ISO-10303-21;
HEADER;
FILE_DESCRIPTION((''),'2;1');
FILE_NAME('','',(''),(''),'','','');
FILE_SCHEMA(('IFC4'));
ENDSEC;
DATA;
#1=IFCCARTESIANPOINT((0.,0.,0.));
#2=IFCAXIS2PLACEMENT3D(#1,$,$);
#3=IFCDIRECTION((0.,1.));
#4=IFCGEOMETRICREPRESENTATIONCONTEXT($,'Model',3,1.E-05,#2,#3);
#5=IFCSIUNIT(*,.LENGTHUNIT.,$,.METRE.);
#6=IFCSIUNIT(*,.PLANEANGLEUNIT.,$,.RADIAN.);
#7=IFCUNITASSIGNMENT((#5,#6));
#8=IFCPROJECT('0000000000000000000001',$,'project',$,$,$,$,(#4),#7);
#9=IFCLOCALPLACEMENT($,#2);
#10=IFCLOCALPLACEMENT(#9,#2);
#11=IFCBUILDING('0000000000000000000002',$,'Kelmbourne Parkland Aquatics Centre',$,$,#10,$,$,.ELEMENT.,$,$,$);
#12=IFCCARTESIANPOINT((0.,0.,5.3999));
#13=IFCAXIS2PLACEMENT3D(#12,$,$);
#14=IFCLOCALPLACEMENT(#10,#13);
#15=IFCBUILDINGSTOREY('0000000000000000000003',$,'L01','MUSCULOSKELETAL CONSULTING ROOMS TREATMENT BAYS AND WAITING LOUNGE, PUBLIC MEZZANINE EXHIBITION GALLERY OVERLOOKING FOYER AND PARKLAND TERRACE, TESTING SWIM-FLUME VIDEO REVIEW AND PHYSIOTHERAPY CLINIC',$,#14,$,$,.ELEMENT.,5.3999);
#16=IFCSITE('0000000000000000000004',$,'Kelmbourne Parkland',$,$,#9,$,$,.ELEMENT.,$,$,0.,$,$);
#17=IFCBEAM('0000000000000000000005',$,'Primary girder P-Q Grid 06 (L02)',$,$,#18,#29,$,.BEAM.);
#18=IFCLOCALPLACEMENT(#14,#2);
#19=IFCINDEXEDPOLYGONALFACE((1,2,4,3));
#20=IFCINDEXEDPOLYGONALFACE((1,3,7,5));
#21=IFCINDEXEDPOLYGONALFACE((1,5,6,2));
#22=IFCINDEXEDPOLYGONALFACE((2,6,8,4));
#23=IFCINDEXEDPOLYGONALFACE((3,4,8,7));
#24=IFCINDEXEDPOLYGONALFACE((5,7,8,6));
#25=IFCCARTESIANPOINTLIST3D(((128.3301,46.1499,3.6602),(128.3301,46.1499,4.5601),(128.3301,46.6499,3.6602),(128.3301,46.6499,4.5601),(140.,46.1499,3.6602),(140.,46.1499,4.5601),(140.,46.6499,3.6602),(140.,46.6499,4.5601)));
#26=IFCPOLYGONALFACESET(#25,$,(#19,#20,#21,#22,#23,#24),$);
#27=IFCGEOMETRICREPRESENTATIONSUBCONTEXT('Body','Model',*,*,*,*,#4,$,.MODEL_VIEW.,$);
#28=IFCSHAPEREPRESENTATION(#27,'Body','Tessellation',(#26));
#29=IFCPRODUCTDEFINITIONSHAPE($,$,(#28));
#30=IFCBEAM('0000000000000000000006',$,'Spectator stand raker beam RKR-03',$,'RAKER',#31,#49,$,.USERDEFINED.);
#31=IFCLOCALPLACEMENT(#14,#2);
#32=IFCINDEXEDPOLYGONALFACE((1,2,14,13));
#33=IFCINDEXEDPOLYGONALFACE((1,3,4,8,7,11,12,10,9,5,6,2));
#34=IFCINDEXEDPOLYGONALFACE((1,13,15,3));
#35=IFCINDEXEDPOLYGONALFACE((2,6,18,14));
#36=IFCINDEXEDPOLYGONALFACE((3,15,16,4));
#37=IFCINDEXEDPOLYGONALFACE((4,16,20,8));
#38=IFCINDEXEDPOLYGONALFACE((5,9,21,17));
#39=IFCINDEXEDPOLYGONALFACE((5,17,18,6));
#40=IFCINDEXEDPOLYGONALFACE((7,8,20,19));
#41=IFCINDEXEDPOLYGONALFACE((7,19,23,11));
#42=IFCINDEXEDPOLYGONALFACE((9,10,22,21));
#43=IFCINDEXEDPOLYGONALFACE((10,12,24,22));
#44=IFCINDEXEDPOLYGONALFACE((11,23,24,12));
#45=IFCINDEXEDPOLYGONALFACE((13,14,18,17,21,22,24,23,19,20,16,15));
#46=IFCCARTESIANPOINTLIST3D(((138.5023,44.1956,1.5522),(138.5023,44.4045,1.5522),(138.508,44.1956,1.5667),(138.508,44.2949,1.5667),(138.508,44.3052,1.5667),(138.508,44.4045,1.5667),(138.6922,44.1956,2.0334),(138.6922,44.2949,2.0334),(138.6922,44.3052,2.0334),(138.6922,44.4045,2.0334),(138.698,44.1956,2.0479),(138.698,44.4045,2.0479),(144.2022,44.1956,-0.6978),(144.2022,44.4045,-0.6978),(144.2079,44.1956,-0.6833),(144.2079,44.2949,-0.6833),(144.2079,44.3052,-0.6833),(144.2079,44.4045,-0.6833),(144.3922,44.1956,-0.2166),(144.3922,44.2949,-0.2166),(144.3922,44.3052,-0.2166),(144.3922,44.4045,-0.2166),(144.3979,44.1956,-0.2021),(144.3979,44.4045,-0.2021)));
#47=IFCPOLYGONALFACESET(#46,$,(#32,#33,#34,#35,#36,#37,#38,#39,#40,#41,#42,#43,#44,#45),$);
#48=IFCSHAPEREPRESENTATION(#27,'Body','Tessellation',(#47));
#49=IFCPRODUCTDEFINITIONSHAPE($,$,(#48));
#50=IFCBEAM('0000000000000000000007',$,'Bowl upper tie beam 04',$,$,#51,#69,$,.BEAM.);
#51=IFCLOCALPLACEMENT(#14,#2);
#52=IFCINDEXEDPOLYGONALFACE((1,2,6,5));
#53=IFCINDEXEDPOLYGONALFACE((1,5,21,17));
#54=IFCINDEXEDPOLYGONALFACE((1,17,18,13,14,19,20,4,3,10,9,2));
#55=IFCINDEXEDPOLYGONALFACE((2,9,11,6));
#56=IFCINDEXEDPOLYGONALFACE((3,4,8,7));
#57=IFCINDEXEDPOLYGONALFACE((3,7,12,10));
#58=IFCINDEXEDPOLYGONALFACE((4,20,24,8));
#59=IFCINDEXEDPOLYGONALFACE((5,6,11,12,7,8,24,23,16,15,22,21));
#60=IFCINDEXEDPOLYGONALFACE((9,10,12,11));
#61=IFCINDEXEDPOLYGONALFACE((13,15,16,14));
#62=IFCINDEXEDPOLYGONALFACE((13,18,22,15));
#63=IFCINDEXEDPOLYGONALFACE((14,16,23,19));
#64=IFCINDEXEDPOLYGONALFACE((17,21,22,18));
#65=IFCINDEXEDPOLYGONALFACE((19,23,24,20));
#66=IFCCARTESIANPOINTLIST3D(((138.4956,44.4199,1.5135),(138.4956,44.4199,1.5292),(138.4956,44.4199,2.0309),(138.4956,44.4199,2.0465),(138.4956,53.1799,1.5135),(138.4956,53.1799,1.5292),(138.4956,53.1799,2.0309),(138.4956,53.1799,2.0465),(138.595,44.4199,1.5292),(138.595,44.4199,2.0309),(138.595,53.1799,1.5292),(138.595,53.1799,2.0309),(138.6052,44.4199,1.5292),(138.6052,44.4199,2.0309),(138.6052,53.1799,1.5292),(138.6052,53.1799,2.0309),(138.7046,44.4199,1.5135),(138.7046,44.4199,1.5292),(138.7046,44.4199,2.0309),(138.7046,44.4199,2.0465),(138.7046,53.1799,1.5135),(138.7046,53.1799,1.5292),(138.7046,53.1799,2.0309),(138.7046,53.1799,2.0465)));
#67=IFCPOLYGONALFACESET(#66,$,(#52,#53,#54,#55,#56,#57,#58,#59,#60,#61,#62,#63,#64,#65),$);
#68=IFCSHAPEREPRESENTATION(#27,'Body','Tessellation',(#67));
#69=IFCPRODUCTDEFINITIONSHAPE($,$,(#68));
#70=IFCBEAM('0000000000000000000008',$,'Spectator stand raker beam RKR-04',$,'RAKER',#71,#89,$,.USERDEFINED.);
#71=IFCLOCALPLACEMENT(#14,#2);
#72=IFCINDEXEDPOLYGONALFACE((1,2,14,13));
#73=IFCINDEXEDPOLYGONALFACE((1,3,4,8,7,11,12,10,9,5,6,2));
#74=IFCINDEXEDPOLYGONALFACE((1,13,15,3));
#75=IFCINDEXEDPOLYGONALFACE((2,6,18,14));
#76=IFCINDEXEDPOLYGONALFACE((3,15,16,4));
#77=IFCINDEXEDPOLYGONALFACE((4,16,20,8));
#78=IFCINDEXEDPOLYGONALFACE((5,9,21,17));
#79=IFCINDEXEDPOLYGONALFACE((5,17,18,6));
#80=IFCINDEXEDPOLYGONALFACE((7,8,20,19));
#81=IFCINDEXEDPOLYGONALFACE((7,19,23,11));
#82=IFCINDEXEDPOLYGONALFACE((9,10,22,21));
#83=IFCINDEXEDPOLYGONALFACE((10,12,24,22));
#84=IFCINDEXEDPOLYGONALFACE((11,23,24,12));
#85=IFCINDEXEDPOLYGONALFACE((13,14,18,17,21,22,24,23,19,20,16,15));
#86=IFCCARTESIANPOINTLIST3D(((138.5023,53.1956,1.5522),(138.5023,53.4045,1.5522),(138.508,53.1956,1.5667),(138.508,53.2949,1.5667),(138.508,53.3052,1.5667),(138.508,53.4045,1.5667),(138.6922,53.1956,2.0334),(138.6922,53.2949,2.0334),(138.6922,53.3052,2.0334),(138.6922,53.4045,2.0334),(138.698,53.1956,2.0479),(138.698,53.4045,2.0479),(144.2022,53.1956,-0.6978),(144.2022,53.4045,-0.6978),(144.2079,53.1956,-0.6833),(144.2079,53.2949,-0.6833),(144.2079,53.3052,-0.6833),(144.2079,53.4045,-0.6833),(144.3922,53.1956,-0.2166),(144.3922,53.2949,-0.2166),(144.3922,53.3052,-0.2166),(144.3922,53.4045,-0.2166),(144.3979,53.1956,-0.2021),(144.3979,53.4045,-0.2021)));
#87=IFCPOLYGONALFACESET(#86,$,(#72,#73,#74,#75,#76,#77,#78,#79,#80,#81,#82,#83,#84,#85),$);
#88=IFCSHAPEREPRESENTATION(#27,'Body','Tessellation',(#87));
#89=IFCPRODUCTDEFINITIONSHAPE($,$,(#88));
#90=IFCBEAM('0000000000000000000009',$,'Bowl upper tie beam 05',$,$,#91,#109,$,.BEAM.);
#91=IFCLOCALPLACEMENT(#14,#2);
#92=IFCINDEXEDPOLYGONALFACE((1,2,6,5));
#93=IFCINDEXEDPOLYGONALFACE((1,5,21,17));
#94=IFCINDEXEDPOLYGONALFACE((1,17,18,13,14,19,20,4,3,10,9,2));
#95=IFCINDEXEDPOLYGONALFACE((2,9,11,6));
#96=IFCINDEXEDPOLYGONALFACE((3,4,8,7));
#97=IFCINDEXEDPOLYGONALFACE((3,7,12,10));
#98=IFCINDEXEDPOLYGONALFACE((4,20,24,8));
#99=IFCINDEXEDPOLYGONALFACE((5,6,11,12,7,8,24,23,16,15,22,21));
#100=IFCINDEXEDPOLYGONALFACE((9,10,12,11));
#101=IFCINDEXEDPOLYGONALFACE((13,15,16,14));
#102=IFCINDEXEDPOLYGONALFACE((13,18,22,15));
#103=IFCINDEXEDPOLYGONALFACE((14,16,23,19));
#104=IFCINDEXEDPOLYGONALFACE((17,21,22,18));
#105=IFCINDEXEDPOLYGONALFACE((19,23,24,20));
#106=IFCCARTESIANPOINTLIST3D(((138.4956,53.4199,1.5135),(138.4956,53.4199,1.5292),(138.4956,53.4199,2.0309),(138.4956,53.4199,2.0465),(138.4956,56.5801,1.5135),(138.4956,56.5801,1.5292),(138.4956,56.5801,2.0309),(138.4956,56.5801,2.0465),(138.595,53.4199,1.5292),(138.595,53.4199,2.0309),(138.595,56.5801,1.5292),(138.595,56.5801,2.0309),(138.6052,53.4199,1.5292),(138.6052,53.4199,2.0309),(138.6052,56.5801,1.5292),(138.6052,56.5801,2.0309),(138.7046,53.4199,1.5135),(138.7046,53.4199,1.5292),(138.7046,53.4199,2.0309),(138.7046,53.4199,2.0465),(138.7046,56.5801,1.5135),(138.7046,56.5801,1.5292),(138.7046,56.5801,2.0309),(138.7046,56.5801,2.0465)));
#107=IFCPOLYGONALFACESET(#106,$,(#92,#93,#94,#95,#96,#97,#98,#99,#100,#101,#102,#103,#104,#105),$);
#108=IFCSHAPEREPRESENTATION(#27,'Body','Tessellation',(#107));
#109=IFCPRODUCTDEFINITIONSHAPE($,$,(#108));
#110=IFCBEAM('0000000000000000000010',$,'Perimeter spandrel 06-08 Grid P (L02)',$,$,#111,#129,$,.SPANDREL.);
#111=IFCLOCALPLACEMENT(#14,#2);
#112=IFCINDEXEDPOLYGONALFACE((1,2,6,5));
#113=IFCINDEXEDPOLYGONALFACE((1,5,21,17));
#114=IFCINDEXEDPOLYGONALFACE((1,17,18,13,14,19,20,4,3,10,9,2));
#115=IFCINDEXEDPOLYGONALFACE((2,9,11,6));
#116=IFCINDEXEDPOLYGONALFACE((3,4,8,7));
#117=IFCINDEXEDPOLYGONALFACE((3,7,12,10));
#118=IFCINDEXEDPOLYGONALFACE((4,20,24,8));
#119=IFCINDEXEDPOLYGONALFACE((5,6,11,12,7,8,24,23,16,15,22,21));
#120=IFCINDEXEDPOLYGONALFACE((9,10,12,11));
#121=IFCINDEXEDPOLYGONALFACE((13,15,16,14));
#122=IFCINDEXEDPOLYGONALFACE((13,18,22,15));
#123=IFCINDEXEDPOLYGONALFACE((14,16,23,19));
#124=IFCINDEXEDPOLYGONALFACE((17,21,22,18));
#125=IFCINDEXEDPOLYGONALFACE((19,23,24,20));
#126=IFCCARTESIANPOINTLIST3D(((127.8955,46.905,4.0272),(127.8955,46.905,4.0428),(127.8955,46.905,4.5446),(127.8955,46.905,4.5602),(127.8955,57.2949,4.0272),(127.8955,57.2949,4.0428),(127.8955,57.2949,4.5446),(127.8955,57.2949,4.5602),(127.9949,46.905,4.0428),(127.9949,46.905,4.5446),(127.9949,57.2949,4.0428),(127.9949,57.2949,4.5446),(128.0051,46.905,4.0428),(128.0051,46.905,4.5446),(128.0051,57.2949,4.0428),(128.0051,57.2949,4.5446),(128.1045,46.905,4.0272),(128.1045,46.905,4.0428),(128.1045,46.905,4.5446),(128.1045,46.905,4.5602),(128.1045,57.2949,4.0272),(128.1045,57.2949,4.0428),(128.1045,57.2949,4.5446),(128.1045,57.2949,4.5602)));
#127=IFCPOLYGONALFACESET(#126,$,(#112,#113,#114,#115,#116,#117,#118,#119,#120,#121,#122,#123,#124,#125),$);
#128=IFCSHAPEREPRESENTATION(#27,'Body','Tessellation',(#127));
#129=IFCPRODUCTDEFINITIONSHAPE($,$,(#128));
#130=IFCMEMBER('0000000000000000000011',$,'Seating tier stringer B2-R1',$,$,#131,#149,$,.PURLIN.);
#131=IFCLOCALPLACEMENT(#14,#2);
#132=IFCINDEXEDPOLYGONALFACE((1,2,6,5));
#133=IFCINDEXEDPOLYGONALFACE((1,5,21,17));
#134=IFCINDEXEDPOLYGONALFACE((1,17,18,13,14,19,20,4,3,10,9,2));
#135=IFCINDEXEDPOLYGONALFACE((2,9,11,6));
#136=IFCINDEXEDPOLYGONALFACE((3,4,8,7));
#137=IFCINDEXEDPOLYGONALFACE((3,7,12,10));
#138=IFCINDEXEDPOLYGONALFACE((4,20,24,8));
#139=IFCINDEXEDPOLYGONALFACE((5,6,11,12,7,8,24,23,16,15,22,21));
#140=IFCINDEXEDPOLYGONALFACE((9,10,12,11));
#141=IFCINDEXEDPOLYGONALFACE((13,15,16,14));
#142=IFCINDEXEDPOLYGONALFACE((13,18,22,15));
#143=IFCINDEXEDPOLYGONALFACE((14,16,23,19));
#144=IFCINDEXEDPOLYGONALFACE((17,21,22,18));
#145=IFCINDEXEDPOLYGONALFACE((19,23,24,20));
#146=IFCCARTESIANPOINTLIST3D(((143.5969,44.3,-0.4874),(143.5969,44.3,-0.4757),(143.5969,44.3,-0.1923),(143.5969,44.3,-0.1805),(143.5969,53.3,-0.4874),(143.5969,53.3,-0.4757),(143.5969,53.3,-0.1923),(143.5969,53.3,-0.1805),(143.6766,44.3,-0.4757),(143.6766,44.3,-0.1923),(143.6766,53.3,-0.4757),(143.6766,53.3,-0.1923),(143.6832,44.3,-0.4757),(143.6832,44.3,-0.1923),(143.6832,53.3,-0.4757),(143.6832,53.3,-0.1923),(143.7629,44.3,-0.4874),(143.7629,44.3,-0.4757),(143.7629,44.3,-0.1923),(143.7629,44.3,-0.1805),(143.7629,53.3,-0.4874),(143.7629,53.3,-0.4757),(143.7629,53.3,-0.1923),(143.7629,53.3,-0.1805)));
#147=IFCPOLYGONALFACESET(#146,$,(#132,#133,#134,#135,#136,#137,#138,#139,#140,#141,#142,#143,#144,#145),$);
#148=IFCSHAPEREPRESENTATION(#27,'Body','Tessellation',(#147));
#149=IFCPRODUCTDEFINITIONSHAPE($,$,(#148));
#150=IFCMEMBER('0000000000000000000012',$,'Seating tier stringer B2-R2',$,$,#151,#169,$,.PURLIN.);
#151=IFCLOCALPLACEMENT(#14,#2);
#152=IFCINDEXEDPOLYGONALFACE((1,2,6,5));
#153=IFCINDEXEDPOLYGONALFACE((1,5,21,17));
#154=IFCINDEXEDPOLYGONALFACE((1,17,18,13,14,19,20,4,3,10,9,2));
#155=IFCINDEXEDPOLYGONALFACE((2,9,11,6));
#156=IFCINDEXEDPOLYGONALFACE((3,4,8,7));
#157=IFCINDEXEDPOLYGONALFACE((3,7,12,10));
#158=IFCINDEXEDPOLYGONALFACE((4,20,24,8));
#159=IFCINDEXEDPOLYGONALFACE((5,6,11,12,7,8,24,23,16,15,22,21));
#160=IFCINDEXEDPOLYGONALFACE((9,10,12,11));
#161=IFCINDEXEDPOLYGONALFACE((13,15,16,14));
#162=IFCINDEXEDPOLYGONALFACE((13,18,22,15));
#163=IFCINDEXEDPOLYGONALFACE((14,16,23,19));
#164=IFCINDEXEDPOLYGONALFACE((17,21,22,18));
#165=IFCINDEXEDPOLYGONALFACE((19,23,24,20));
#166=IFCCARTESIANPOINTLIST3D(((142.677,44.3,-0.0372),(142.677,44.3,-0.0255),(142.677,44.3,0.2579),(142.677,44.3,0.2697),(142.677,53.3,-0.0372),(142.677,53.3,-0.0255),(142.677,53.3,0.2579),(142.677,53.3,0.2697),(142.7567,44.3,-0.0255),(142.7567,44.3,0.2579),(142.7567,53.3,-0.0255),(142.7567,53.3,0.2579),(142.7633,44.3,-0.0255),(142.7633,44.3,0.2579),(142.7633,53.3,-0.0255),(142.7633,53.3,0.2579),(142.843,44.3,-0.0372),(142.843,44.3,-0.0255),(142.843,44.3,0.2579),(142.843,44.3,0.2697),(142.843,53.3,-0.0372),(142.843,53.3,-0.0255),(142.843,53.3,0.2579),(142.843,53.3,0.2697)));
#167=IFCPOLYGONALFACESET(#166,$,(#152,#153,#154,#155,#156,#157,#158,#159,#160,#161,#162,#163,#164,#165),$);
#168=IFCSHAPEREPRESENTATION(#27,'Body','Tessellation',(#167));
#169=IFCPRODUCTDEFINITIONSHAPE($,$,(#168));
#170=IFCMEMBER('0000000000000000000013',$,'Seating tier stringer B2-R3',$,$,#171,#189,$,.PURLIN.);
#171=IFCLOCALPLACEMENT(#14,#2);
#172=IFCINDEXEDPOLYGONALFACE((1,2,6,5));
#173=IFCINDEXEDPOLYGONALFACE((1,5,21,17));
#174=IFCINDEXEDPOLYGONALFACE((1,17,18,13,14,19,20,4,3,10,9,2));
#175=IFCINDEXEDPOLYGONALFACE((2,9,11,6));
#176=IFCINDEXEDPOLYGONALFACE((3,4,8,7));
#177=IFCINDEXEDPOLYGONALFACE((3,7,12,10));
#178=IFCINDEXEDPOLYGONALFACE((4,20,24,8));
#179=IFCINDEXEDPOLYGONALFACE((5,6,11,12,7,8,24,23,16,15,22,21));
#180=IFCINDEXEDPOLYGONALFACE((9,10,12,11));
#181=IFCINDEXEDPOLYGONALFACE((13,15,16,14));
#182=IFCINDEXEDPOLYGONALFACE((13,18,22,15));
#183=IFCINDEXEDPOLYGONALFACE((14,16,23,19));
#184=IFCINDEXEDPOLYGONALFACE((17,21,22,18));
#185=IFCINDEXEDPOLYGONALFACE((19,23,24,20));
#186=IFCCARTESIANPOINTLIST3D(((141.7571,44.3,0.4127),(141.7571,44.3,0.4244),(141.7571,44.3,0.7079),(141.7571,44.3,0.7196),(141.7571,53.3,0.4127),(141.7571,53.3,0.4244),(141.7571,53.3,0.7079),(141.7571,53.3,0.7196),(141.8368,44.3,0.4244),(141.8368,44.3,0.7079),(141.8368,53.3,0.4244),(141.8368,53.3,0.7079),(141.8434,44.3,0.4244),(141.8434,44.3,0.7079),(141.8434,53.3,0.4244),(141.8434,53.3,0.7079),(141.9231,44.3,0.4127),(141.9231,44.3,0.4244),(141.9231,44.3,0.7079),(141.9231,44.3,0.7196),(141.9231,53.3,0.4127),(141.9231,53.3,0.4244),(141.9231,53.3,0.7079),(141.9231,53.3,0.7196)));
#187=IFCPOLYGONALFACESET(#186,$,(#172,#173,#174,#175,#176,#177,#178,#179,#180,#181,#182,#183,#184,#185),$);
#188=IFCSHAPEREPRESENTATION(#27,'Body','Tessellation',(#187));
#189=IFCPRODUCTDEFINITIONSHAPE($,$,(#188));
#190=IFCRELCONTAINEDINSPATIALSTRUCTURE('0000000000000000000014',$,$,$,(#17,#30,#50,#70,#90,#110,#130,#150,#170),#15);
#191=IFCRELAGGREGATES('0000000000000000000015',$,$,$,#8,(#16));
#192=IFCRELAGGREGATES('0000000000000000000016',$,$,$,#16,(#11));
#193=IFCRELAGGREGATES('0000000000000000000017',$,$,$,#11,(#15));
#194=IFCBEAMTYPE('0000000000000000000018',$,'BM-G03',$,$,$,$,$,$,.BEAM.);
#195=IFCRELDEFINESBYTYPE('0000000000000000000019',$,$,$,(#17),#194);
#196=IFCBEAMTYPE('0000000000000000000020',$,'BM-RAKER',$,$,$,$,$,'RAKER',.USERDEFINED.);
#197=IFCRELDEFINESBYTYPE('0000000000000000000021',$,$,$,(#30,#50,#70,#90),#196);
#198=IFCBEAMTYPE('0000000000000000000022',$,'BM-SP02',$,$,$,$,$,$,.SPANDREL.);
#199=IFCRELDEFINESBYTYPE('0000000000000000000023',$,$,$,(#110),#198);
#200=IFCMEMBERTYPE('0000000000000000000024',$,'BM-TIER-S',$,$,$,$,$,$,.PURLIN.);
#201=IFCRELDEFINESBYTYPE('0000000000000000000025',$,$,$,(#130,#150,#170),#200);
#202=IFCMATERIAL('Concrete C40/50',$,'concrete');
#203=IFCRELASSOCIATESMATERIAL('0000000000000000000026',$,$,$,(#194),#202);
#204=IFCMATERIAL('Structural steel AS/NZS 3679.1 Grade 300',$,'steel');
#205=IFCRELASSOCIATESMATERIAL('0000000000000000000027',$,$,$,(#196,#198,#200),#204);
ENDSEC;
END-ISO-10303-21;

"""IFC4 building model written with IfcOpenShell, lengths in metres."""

from ifc_helpers import new_model, si_unit, direction, frame, origin, origin_2d, place, context, subcontext, project, spatial, rectangle, i_section, extrude, material, material_profile, profile_set, type_object, element, save


model = new_model("IFC4")

# Units and contexts
model_context = context("Model", 3, precision=1e-05, world=origin(), true_north=direction((0.0, 1.0)))
body_context = subcontext(model_context, "Body", "Model", "MODEL_VIEW")
ifc_project = project(units=[si_unit("LENGTHUNIT", "METRE"), si_unit("PLANEANGLEUNIT", "RADIAN")], contexts=[model_context])

# Site, building, storey
site_placement = place(None, origin())
site = spatial("IfcSite", under=ifc_project, at=site_placement, Name="Kelmbourne Parkland", CompositionType="ELEMENT", RefElevation=0.0)
building_placement = place(site_placement, origin())
building = spatial("IfcBuilding", under=site, at=building_placement, Name="Kelmbourne Parkland Aquatics Centre", CompositionType="ELEMENT")
storey_placement = place(building_placement, frame((0.0, 0.0, 5.3999)))
storey = spatial("IfcBuildingStorey", under=building, at=storey_placement, Name="L01", Description="MUSCULOSKELETAL CONSULTING ROOMS TREATMENT BAYS AND WAITING LOUNGE, PUBLIC MEZZANINE EXHIBITION GALLERY OVERLOOKING FOYER AND PARKLAND TERRACE, TESTING SWIM-FLUME VIDEO REVIEW AND PHYSIOTHERAPY CLINIC", CompositionType="ELEMENT", Elevation=5.3999)

# Shared definitions
ifc_material_1 = material(Name="Concrete C40/50", Category="concrete")
ifc_material_2 = material(Name="Structural steel AS/NZS 3679.1 Grade 300", Category="steel")

# Beams
ifc_material_profile_1 = material_profile(ifc_material_1, rectangle(XDim=0.5, YDim=0.8999, at=origin_2d()), Name="RC 500x900")
ifc_profile_set_1 = profile_set([ifc_material_profile_1], Name="Concrete C40/50")
beam_type_1 = type_object("IfcBeamType", Name="BM-G03", PredefinedType="BEAM", material=ifc_profile_set_1)
beam_1_placement = place(storey_placement, frame((128.3301, 46.3999, 4.1101), z_axis=(1.0, 0.0, 0.0), x_axis=(0.0, 1.0, 0.0)))
element("IfcBeam", 1, at=beam_1_placement, inside=storey, type_object=beam_type_1, Name="Primary girder P-Q Grid 06 (L02)", PredefinedType="BEAM", context=body_context, shape_type="SweptSolid", body=[
    extrude(rectangle(XDim=0.5, YDim=0.8999, at=origin_2d()), origin(), (0.0, 0.0, 1.0), 11.6699),
])
ifc_material_profile_2 = material_profile(ifc_material_2, i_section(OverallWidth=0.209, OverallDepth=0.533, WebThickness=0.0103, FlangeThickness=0.0156, at=origin_2d()), Name="530UB92.4")
ifc_profile_set_2 = profile_set([ifc_material_profile_2], Name="Structural steel AS/NZS 3679.1 Grade 300")
beam_type_2 = type_object("IfcBeamType", Name="BM-RAKER", ElementType="RAKER", PredefinedType="USERDEFINED", material=ifc_profile_set_2)
beam_2_placement = place(storey_placement, frame((144.3, 44.3, -0.45), z_axis=(-0.930154, 0.0, 0.367169), x_axis=(0.0, -1.0, 0.0)))
element("IfcBeam", 2, at=beam_2_placement, inside=storey, type_object=beam_type_2, Name="Spectator stand raker beam RKR-03", ObjectType="RAKER", PredefinedType="USERDEFINED", context=body_context, shape_type="SweptSolid", body=[
    extrude(i_section(OverallWidth=0.209, OverallDepth=0.533, WebThickness=0.0103, FlangeThickness=0.0156, at=origin_2d()), origin(), (0.0, 0.0, 1.0), 6.1279),
])
beam_3_placement = place(storey_placement, frame((138.6001, 44.4199, 1.78), z_axis=(0.0, 1.0, 0.0), x_axis=(-1.0, 0.0, 0.0)))
element("IfcBeam", 3, at=beam_3_placement, inside=storey, type_object=beam_type_2, Name="Bowl upper tie beam 04", PredefinedType="BEAM", context=body_context, shape_type="SweptSolid", body=[
    extrude(i_section(OverallWidth=0.209, OverallDepth=0.533, WebThickness=0.0103, FlangeThickness=0.0156, at=origin_2d()), origin(), (0.0, 0.0, 1.0), 8.76),
])
beam_4_placement = place(storey_placement, frame((144.3, 53.3, -0.45), z_axis=(-0.930154, 0.0, 0.367169), x_axis=(0.0, -1.0, 0.0)))
element("IfcBeam", 4, at=beam_4_placement, inside=storey, type_object=beam_type_2, Name="Spectator stand raker beam RKR-04", ObjectType="RAKER", PredefinedType="USERDEFINED", context=body_context, shape_type="SweptSolid", body=[
    extrude(i_section(OverallWidth=0.209, OverallDepth=0.533, WebThickness=0.0103, FlangeThickness=0.0156, at=origin_2d()), origin(), (0.0, 0.0, 1.0), 6.1279),
])
beam_5_placement = place(storey_placement, frame((138.6001, 53.4199, 1.78), z_axis=(0.0, 1.0, 0.0), x_axis=(-1.0, 0.0, 0.0)))
element("IfcBeam", 5, at=beam_5_placement, inside=storey, type_object=beam_type_2, Name="Bowl upper tie beam 05", PredefinedType="BEAM", context=body_context, shape_type="SweptSolid", body=[
    extrude(i_section(OverallWidth=0.209, OverallDepth=0.533, WebThickness=0.0103, FlangeThickness=0.0156, at=origin_2d()), origin(), (0.0, 0.0, 1.0), 3.1602),
])
ifc_material_profile_3 = material_profile(ifc_material_2, i_section(OverallWidth=0.209, OverallDepth=0.533, WebThickness=0.0103, FlangeThickness=0.0156, at=origin_2d()), Name="530UB92.4")
ifc_profile_set_3 = profile_set([ifc_material_profile_3], Name="Structural steel AS/NZS 3679.1 Grade 300")
beam_type_3 = type_object("IfcBeamType", Name="BM-SP02", PredefinedType="SPANDREL", material=ifc_profile_set_3)
beam_6_placement = place(storey_placement, frame((128.0, 46.905, 4.2937), z_axis=(0.0, 1.0, 0.0), x_axis=(-1.0, 0.0, 0.0)))
element("IfcBeam", 6, at=beam_6_placement, inside=storey, type_object=beam_type_3, Name="Perimeter spandrel 06-08 Grid P (L02)", PredefinedType="SPANDREL", context=body_context, shape_type="SweptSolid", body=[
    extrude(i_section(OverallWidth=0.209, OverallDepth=0.533, WebThickness=0.0103, FlangeThickness=0.0156, at=origin_2d()), origin(), (0.0, 0.0, 1.0), 10.3899),
])

# Members
ifc_material_profile_4 = material_profile(ifc_material_2, i_section(OverallWidth=0.166, OverallDepth=0.3069, WebThickness=0.0066, FlangeThickness=0.0117, at=origin_2d()), Name="310UB46.2")
ifc_profile_set_4 = profile_set([ifc_material_profile_4], Name="Structural steel AS/NZS 3679.1 Grade 300")
member_type = type_object("IfcMemberType", Name="BM-TIER-S", PredefinedType="PURLIN", material=ifc_profile_set_4)
for number, where, z_axis, x_axis, name in (
    (7, (143.6799, 44.3, -0.334), (0.0, 1.0, 0.0), (-1.0, 0.0, 0.0), "Seating tier stringer B2-R1"),
    (8, (142.76, 44.3, 0.1162), (0.0, 1.0, 0.0), (-1.0, 0.0, 0.0), "Seating tier stringer B2-R2"),
    (9, (141.8401, 44.3, 0.5662), (0.0, 1.0, 0.0), (-1.0, 0.0, 0.0), "Seating tier stringer B2-R3"),
):
    element("IfcMember", number, at=place(storey_placement, frame(where, z_axis=z_axis, x_axis=x_axis)), inside=storey, type_object=member_type, Name=name, PredefinedType="PURLIN", context=body_context, shape_type="SweptSolid", body=[
        extrude(i_section(OverallWidth=0.166, OverallDepth=0.3069, WebThickness=0.0066, FlangeThickness=0.0117, at=origin_2d()), origin(), (0.0, 0.0, 1.0), 9.0),
    ])

save(model, "model.ifc")
